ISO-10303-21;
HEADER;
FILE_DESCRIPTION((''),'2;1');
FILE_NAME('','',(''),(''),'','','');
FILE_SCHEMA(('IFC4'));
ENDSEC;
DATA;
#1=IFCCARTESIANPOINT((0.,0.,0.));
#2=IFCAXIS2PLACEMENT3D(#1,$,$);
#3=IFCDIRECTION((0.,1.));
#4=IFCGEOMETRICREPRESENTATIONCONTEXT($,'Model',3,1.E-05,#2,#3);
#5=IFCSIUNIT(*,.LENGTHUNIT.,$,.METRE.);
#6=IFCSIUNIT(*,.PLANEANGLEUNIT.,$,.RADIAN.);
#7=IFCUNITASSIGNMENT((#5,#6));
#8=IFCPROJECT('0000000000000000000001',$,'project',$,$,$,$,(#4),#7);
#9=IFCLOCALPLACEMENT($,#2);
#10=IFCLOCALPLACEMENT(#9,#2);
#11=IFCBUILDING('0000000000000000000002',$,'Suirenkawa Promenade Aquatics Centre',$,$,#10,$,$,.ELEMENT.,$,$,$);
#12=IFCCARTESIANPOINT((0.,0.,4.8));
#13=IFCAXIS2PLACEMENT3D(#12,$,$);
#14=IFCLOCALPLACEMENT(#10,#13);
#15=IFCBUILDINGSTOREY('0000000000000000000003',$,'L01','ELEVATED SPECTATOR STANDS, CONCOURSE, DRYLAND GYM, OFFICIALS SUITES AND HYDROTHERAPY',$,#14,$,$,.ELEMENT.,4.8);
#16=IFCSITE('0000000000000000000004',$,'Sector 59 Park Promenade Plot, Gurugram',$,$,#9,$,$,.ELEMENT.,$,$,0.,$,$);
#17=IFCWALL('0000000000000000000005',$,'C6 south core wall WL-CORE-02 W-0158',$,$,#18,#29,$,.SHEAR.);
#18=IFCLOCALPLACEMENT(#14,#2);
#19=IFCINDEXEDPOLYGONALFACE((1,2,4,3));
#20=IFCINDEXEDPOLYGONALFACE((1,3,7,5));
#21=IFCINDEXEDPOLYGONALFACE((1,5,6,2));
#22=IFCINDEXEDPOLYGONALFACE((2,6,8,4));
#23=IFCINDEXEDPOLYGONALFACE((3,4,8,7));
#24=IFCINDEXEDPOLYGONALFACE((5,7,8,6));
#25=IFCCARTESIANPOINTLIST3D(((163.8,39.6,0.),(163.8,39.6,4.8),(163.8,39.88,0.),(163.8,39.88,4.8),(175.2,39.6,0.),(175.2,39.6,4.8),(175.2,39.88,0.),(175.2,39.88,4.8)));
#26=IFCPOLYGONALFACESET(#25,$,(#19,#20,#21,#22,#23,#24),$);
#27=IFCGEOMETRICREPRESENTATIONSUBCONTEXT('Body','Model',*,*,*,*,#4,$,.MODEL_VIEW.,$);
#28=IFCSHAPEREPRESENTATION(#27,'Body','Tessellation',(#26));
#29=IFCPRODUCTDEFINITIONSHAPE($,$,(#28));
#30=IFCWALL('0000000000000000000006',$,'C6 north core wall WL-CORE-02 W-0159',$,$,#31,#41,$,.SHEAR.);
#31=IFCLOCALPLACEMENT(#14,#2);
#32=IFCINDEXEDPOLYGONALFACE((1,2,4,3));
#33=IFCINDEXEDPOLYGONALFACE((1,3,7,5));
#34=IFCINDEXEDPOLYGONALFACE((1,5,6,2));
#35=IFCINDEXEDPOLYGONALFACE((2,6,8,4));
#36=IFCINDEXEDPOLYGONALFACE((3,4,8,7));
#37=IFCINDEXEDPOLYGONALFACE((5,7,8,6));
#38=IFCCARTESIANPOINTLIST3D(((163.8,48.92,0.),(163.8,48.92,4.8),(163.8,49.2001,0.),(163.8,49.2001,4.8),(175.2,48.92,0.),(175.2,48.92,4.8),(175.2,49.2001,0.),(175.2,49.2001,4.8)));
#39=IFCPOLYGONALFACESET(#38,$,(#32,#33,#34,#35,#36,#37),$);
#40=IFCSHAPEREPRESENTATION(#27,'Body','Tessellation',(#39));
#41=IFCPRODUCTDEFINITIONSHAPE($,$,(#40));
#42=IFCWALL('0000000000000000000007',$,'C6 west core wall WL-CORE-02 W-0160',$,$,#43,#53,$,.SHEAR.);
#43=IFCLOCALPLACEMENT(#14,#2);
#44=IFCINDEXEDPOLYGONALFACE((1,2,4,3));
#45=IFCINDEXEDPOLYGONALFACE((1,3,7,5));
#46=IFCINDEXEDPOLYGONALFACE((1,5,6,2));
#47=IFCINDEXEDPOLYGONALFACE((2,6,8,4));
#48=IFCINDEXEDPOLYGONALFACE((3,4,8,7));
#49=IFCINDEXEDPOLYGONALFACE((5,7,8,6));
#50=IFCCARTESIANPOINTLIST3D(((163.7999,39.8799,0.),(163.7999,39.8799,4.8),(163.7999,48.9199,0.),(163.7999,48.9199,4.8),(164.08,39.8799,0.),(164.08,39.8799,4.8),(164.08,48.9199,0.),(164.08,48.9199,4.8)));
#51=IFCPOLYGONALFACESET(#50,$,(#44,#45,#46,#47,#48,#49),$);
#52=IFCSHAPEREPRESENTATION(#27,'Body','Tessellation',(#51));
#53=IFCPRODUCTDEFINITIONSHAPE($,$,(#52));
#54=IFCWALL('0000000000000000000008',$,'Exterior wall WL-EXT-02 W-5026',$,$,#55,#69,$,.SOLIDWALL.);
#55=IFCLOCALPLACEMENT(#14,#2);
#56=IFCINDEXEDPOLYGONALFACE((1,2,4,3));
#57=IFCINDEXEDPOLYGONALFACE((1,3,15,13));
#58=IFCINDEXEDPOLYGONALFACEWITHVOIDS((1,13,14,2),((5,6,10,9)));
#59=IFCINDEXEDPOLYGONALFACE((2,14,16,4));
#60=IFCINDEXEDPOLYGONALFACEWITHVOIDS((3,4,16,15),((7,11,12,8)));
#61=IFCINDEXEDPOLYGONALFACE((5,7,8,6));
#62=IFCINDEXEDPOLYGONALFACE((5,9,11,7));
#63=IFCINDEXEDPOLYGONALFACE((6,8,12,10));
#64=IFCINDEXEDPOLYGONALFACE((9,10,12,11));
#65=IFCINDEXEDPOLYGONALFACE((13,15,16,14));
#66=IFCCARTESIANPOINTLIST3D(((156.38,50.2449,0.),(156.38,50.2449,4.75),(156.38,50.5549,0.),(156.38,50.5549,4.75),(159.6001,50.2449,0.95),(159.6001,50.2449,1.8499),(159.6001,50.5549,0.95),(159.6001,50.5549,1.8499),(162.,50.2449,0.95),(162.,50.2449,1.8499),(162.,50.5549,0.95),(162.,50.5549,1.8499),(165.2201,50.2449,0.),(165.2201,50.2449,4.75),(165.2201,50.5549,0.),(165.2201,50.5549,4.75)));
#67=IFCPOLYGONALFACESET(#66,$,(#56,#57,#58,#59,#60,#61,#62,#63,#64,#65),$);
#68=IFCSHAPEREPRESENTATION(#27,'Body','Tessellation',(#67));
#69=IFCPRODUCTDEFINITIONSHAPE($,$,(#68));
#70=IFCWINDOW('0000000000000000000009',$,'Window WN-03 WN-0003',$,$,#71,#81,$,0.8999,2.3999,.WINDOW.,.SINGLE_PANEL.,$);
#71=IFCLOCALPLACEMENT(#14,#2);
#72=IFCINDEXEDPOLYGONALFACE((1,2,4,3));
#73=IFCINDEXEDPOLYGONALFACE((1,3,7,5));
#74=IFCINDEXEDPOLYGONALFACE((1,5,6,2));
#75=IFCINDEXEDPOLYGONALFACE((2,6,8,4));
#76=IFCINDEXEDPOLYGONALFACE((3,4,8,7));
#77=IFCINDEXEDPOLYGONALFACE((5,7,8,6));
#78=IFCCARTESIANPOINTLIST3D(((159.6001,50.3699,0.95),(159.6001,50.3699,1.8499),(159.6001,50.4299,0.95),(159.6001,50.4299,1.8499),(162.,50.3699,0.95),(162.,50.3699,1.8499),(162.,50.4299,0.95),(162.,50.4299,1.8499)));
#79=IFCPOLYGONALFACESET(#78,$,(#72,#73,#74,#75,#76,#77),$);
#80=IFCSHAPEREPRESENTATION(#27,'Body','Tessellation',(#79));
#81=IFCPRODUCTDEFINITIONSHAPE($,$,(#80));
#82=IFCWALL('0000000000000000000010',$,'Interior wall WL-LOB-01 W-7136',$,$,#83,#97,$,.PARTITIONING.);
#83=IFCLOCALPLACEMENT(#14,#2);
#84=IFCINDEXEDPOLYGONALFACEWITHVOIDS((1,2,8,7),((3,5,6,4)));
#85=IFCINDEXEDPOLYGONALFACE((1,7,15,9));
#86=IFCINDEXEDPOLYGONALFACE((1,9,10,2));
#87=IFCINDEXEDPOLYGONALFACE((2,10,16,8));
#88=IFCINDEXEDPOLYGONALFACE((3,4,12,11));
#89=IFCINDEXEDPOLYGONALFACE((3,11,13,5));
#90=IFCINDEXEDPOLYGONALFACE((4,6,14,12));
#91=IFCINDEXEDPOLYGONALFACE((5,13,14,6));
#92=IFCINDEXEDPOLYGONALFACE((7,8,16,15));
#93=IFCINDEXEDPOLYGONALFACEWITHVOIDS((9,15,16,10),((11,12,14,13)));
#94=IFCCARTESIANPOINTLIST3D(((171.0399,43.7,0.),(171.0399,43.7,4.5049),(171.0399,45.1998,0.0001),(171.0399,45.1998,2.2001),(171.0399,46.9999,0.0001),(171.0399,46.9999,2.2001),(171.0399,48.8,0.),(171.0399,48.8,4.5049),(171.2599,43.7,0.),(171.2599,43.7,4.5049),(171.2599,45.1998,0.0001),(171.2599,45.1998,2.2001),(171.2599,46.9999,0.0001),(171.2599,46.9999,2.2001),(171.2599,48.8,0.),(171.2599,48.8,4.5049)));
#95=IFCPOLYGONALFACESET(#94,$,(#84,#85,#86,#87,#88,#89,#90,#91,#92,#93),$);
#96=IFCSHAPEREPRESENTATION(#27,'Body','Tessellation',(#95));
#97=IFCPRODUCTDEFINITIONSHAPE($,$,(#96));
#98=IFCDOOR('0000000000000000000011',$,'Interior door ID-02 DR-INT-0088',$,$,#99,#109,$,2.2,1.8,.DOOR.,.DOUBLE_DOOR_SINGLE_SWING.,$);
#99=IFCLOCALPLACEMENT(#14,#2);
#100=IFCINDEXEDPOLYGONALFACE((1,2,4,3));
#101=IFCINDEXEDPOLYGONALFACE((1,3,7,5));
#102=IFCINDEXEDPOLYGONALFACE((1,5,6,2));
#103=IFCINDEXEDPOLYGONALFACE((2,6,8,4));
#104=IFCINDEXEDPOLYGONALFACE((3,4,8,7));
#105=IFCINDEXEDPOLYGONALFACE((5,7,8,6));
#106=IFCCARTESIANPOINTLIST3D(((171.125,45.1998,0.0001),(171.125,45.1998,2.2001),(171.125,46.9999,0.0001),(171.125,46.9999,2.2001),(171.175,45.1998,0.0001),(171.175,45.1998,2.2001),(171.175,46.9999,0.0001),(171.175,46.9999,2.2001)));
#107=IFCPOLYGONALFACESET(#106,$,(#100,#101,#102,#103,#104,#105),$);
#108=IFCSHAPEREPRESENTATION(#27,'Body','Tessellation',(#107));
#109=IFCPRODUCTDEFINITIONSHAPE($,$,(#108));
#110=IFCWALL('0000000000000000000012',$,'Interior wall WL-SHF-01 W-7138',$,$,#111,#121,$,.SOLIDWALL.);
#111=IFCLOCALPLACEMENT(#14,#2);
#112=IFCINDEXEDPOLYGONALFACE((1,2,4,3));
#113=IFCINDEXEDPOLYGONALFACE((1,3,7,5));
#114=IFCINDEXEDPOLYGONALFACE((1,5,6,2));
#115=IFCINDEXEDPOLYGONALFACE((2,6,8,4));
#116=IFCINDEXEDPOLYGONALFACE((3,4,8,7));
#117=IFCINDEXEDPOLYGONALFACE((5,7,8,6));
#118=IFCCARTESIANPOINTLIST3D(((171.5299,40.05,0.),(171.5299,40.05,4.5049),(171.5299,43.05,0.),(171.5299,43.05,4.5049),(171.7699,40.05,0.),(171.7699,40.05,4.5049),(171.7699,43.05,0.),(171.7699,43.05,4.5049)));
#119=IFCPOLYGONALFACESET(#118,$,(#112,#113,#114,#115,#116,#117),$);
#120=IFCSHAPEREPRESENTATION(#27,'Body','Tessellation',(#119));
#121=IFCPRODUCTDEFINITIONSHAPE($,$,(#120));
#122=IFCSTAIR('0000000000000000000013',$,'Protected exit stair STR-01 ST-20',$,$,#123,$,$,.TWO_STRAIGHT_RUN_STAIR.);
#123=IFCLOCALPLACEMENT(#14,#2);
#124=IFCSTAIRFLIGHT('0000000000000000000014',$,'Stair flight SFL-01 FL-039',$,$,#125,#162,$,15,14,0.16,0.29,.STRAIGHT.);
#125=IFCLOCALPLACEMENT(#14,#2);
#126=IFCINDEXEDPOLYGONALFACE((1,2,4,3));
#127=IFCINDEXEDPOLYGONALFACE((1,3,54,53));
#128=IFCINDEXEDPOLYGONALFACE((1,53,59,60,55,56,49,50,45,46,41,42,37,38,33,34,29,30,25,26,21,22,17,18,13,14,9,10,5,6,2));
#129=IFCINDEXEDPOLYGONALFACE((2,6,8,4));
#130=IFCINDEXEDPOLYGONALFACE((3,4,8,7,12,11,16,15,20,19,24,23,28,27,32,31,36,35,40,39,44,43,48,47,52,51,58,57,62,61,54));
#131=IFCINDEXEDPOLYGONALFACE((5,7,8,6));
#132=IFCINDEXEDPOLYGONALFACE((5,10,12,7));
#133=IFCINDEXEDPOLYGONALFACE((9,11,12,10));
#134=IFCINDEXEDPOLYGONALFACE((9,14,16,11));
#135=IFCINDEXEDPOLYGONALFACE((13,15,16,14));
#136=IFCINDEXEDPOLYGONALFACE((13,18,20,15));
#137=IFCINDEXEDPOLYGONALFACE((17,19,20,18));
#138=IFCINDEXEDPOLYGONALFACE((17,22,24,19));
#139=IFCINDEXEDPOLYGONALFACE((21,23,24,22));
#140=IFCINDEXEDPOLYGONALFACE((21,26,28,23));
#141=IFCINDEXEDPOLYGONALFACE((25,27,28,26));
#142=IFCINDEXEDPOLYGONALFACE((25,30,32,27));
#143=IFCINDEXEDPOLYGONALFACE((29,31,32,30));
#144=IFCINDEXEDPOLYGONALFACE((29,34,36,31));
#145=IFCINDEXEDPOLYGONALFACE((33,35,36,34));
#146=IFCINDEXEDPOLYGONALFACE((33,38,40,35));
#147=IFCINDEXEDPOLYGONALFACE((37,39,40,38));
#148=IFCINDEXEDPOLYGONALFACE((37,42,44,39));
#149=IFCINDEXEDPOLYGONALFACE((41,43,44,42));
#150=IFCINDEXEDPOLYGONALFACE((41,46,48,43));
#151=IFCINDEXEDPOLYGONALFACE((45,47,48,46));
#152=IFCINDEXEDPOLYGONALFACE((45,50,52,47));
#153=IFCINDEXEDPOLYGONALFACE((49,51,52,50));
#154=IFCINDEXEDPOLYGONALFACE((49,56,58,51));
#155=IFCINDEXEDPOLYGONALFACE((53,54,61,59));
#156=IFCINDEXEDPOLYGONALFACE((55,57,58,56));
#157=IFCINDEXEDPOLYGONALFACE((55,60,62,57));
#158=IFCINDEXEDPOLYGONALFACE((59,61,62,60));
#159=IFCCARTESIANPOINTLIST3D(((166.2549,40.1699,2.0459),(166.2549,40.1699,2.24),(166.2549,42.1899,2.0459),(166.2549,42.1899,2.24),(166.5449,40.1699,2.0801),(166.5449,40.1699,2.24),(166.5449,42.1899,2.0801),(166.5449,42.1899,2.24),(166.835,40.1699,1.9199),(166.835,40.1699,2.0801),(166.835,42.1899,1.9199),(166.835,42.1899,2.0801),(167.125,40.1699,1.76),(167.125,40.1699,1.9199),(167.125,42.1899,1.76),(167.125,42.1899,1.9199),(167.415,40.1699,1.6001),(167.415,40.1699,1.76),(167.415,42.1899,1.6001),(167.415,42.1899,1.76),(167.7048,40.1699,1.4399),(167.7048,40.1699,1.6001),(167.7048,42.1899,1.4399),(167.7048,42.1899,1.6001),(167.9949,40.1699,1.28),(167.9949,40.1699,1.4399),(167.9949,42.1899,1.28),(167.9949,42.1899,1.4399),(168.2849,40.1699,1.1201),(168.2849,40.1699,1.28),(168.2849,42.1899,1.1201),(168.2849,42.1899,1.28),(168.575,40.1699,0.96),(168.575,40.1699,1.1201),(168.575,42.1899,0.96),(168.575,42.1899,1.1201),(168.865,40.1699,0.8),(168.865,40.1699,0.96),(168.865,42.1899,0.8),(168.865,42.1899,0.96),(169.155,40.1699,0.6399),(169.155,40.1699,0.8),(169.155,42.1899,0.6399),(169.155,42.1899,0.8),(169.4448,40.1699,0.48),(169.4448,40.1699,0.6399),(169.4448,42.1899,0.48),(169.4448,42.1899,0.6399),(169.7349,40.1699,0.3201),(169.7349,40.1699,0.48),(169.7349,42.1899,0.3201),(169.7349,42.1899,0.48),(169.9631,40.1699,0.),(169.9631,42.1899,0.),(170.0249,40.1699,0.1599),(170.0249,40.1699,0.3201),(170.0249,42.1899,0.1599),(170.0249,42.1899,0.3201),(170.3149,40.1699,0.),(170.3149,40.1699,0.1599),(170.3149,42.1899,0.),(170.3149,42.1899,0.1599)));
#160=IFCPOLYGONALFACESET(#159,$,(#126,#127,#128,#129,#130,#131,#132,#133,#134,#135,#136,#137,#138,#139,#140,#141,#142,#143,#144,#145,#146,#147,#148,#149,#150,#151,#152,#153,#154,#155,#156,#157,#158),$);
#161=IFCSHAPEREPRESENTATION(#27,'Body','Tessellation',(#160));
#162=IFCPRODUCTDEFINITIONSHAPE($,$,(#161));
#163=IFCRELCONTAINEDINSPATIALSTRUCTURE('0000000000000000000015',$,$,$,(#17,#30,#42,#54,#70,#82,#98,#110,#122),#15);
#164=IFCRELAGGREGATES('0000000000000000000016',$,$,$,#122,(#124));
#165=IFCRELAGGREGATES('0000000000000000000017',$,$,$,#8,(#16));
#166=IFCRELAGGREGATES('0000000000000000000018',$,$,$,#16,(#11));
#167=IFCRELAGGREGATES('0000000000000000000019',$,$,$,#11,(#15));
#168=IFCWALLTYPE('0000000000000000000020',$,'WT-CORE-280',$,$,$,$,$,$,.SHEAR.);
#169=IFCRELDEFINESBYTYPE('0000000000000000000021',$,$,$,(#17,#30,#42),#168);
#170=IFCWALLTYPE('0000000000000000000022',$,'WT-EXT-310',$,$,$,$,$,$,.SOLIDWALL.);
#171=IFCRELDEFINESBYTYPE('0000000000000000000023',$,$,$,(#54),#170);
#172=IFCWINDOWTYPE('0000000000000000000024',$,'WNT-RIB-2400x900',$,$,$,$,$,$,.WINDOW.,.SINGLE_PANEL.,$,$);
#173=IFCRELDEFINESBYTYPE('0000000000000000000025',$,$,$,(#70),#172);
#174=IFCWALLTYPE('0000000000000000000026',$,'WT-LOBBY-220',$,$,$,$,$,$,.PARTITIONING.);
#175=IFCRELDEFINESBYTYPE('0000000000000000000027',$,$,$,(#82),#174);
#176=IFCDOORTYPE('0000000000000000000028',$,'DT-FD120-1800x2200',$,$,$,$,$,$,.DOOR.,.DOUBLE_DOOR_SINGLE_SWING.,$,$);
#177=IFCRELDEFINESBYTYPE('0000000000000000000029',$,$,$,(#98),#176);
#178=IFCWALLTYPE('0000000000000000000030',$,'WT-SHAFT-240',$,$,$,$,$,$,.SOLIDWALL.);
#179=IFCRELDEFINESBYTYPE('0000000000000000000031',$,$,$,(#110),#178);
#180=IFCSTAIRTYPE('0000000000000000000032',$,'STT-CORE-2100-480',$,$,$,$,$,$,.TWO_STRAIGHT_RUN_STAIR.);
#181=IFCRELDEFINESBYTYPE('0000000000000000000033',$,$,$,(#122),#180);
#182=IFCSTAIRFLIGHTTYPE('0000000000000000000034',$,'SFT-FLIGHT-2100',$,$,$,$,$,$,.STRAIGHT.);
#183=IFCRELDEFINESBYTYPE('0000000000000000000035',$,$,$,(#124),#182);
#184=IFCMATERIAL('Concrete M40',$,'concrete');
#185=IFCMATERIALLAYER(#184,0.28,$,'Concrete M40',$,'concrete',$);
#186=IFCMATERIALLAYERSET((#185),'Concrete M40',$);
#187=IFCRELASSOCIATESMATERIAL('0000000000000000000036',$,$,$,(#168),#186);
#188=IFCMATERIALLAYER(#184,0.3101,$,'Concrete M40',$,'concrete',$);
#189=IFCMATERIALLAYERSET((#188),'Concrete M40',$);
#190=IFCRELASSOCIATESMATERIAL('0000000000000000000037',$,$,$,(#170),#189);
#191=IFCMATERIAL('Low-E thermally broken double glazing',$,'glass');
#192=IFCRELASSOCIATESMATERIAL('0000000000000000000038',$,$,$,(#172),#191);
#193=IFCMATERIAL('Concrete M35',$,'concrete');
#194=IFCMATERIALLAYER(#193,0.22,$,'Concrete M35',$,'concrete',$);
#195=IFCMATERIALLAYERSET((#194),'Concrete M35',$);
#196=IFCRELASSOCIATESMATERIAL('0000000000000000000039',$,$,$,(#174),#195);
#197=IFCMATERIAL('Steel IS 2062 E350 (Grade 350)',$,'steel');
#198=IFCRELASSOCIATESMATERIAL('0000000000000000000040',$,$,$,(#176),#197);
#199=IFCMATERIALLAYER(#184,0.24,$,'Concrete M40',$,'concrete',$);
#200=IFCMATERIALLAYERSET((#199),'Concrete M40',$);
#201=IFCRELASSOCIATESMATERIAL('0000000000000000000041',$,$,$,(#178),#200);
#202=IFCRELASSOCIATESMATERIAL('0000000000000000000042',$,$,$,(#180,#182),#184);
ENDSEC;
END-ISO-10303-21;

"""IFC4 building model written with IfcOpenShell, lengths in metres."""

from ifc_helpers import new_model, si_unit, direction, frame, frame_2d, origin, place, context, subcontext, project, spatial, polyline, rectangle, outline, extrude, material, layer, layer_set, type_object, element, fill, aggregate, save


model = new_model("IFC4")

# Units and contexts
model_context = context("Model", 3, precision=1e-05, world=origin(), true_north=direction((0.0, 1.0)))
body_context = subcontext(model_context, "Body", "Model", "MODEL_VIEW")
ifc_project = project(units=[si_unit("LENGTHUNIT", "METRE"), si_unit("PLANEANGLEUNIT", "RADIAN")], contexts=[model_context])

# Site, building, storey
site_placement = place(None, origin())
site = spatial("IfcSite", under=ifc_project, at=site_placement, Name="Sector 59 Park Promenade Plot, Gurugram", CompositionType="ELEMENT", RefElevation=0.0)
building_placement = place(site_placement, origin())
building = spatial("IfcBuilding", under=site, at=building_placement, Name="Suirenkawa Promenade Aquatics Centre", CompositionType="ELEMENT")
storey_placement = place(building_placement, frame((0.0, 0.0, 4.8)))
storey = spatial("IfcBuildingStorey", under=building, at=storey_placement, Name="L01", Description="ELEVATED SPECTATOR STANDS, CONCOURSE, DRYLAND GYM, OFFICIALS SUITES AND HYDROTHERAPY", CompositionType="ELEMENT", Elevation=4.8)

# Shared definitions
ifc_material_1 = material(Name="Concrete M40", Category="concrete")

# Shared definitions
ifc_material_2 = material(Name="Concrete M35", Category="concrete")
ifc_material_3 = material(Name="Steel IS 2062 E350 (Grade 350)", Category="steel")

# Walls
ifc_layer_1 = layer(ifc_material_1, 0.28, Name="Concrete M40", Category="concrete")
ifc_layer_set_1 = layer_set([ifc_layer_1], Name="Concrete M40")
wall_type_1 = type_object("IfcWallType", Name="WT-CORE-280", PredefinedType="SHEAR", material=ifc_layer_set_1)
for number, where, z_axis, x_axis, name in (
    (1, (163.8, 39.74, 0.0), (0.0, 0.0, 1.0), (1.0, 0.0, 0.0), "C6 south core wall WL-CORE-02 W-0158"),
    (2, (163.8, 49.0601, 0.0), (0.0, 0.0, 1.0), (1.0, 0.0, 0.0), "C6 north core wall WL-CORE-02 W-0159"),
):
    element("IfcWall", number, at=place(storey_placement, frame(where, z_axis=z_axis, x_axis=x_axis)), inside=storey, type_object=wall_type_1, Name=name, PredefinedType="SHEAR", context=body_context, shape_type="SweptSolid", body=[
        extrude(rectangle(XDim=11.3999, YDim=0.28, at=frame_2d((5.7, 0.0))), origin(), (0.0, 0.0, 1.0), 4.8),
    ])
wall_1_placement = place(storey_placement, frame((163.9399, 39.8799, 0.0), z_axis=(0.0, 0.0, 1.0), x_axis=(0.0, 1.0, 0.0)))
element("IfcWall", 3, at=wall_1_placement, inside=storey, type_object=wall_type_1, Name="C6 west core wall WL-CORE-02 W-0160", PredefinedType="SHEAR", context=body_context, shape_type="SweptSolid", body=[
    extrude(rectangle(XDim=9.04, YDim=0.28, at=frame_2d((4.52, 0.0))), origin(), (0.0, 0.0, 1.0), 4.8),
])

# Wall, opening, window
ifc_layer_2 = layer(ifc_material_1, 0.3101, Name="Concrete M40", Category="concrete")
ifc_layer_set_2 = layer_set([ifc_layer_2], Name="Concrete M40")
wall_type_2 = type_object("IfcWallType", Name="WT-EXT-310", PredefinedType="SOLIDWALL", material=ifc_layer_set_2)
wall_2_placement = place(storey_placement, frame((165.22, 50.3999, 0.0), z_axis=(0.0, 0.0, 1.0), x_axis=(-1.0, 0.0, 0.0)))
wall_2 = element("IfcWall", 4, at=wall_2_placement, inside=storey, type_object=wall_type_2, Name="Exterior wall WL-EXT-02 W-5026", PredefinedType="SOLIDWALL", context=body_context, shape_type="SweptSolid", body=[
    extrude(rectangle(XDim=8.8401, YDim=0.3101, at=frame_2d((4.4199, 0.0))), origin(), (0.0, 0.0, 1.0), 4.75),
])
opening_1_placement = place(wall_2_placement, frame((3.22, 0.0, 0.95)))
opening_1 = element("IfcOpeningElement", 5, at=opening_1_placement, cuts=wall_2, PredefinedType="OPENING", context=body_context, shape_type="SweptSolid", body=[
    extrude(rectangle(XDim=2.3999, YDim=0.8999, at=frame_2d((1.2, 0.45))), frame((0.0, 0.165, 0.0), z_axis=(0.0, -1.0, 0.0), x_axis=(1.0, 0.0, 0.0)), (0.0, 0.0, 1.0), 0.3301),
])
ifc_material_4 = material(Name="Low-E thermally broken double glazing", Category="glass")
window_type = type_object("IfcWindowType", Name="WNT-RIB-2400x900", PartitioningType="SINGLE_PANEL", PredefinedType="WINDOW", material=ifc_material_4)
window_placement = place(opening_1_placement, origin())
window = element("IfcWindow", 6, at=window_placement, inside=storey, type_object=window_type, Name="Window WN-03 WN-0003", OverallHeight=0.8999, OverallWidth=2.3999, PartitioningType="SINGLE_PANEL", PredefinedType="WINDOW", context=body_context, shape_type="SweptSolid", body=[
    extrude(rectangle(XDim=2.3999, YDim=0.8999, at=frame_2d((1.2, 0.45))), frame((0.0, 0.03, 0.0), z_axis=(0.0, -1.0, 0.0), x_axis=(1.0, 0.0, 0.0)), (0.0, 0.0, 1.0), 0.0601),
])
fill(opening_1, window)

# Wall, opening, door
ifc_layer_3 = layer(ifc_material_2, 0.22, Name="Concrete M35", Category="concrete")
ifc_layer_set_3 = layer_set([ifc_layer_3], Name="Concrete M35")
wall_type_3 = type_object("IfcWallType", Name="WT-LOBBY-220", PredefinedType="PARTITIONING", material=ifc_layer_set_3)
wall_3_placement = place(storey_placement, frame((171.1499, 43.7, 0.0), z_axis=(0.0, 0.0, 1.0), x_axis=(0.0, 1.0, 0.0)))
wall_3 = element("IfcWall", 7, at=wall_3_placement, inside=storey, type_object=wall_type_3, Name="Interior wall WL-LOB-01 W-7136", PredefinedType="PARTITIONING", context=body_context, shape_type="SweptSolid", body=[
    extrude(rectangle(XDim=5.1001, YDim=0.22, at=frame_2d((2.55, 0.0))), origin(), (0.0, 0.0, 1.0), 4.5049),
])
opening_2_placement = place(wall_3_placement, frame((1.5, 0.0, 0.0)))
opening_2 = element("IfcOpeningElement", 8, at=opening_2_placement, cuts=wall_3, PredefinedType="OPENING", context=body_context, shape_type="SweptSolid", body=[
    extrude(rectangle(XDim=1.8, YDim=2.2, at=frame_2d((0.8999, 1.1001))), frame((0.0, 0.1199, 0.0), z_axis=(0.0, -1.0, 0.0), x_axis=(1.0, 0.0, 0.0)), (0.0, 0.0, 1.0), 0.24),
])
door_type = type_object("IfcDoorType", Name="DT-FD120-1800x2200", OperationType="DOUBLE_DOOR_SINGLE_SWING", PredefinedType="DOOR", material=ifc_material_3)
door_placement = place(opening_2_placement, origin())
door = element("IfcDoor", 9, at=door_placement, inside=storey, type_object=door_type, Name="Interior door ID-02 DR-INT-0088", OperationType="DOUBLE_DOOR_SINGLE_SWING", OverallHeight=2.2, OverallWidth=1.8, PredefinedType="DOOR", context=body_context, shape_type="SweptSolid", body=[
    extrude(rectangle(XDim=1.8, YDim=2.2, at=frame_2d((0.8999, 1.1001))), frame((0.0, 0.0249, 0.0), z_axis=(0.0, -1.0, 0.0), x_axis=(1.0, 0.0, 0.0)), (0.0, 0.0, 1.0), 0.05),
])
fill(opening_2, door)

# Wall
ifc_layer_4 = layer(ifc_material_1, 0.24, Name="Concrete M40", Category="concrete")
ifc_layer_set_4 = layer_set([ifc_layer_4], Name="Concrete M40")
wall_type_4 = type_object("IfcWallType", Name="WT-SHAFT-240", PredefinedType="SOLIDWALL", material=ifc_layer_set_4)
wall_4_placement = place(storey_placement, frame((171.6499, 40.05, 0.0), z_axis=(0.0, 0.0, 1.0), x_axis=(0.0, 1.0, 0.0)))
element("IfcWall", 10, at=wall_4_placement, inside=storey, type_object=wall_type_4, Name="Interior wall WL-SHF-01 W-7138", PredefinedType="SOLIDWALL", context=body_context, shape_type="SweptSolid", body=[
    extrude(rectangle(XDim=3.0, YDim=0.24, at=frame_2d((1.5, 0.0))), origin(), (0.0, 0.0, 1.0), 4.5049),
])

# Stair, stair flight
stair_type = type_object("IfcStairType", Name="STT-CORE-2100-480", PredefinedType="TWO_STRAIGHT_RUN_STAIR", material=ifc_material_1)
stair_placement = place(storey_placement, origin())
stair = element("IfcStair", 11, at=stair_placement, inside=storey, type_object=stair_type, Name="Protected exit stair STR-01 ST-20", PredefinedType="TWO_STRAIGHT_RUN_STAIR")
stair_flight_type = type_object("IfcStairFlightType", Name="SFT-FLIGHT-2100", PredefinedType="STRAIGHT", material=ifc_material_1)
stair_flight_1_placement = place(storey_placement, frame((170.3149, 41.1799, 0.0), z_axis=(0.0, 0.0, 1.0), x_axis=(-1.0, 0.0, 0.0)))
stair_flight_1 = element("IfcStairFlight", 12, at=stair_flight_1_placement, type_object=stair_flight_type, Name="Stair flight SFL-01 FL-039", NumberOfRisers=15, NumberOfTreads=14, PredefinedType="STRAIGHT", RiserHeight=0.16, TreadLength=0.29, context=body_context, shape_type="SweptSolid", body=[
    extrude(outline(polyline([(0.0, 0.0), (0.0, 0.1599), (0.29, 0.1599), (0.29, 0.3201), (0.5801, 0.3201), (0.5801, 0.48), (0.8701, 0.48), (0.8701, 0.6399), (1.1599, 0.6399), (1.1599, 0.8), (1.45, 0.8), (1.45, 0.96), (1.74, 0.96), (1.74, 1.1201), (2.03, 1.1201), (2.03, 1.28), (2.3201, 1.28), (2.3201, 1.4399), (2.6101, 1.4399), (2.6101, 1.6001), (2.8999, 1.6001), (2.8999, 1.76), (3.1899, 1.76), (3.1899, 1.9199), (3.48, 1.9199), (3.48, 2.0801), (3.77, 2.0801), (3.77, 2.24), (4.0601, 2.24), (4.0601, 2.3999), (4.0601, 2.0459), (0.3518, 0.0), (0.0, 0.0)])), frame((0.0, 1.01, 0.0), z_axis=(0.0, -1.0, 0.0), x_axis=(1.0, 0.0, 0.0)), (0.0, 0.0, 1.0), 2.02),
])
aggregate(stair, [stair_flight_1])

save(model, "model.ifc")
